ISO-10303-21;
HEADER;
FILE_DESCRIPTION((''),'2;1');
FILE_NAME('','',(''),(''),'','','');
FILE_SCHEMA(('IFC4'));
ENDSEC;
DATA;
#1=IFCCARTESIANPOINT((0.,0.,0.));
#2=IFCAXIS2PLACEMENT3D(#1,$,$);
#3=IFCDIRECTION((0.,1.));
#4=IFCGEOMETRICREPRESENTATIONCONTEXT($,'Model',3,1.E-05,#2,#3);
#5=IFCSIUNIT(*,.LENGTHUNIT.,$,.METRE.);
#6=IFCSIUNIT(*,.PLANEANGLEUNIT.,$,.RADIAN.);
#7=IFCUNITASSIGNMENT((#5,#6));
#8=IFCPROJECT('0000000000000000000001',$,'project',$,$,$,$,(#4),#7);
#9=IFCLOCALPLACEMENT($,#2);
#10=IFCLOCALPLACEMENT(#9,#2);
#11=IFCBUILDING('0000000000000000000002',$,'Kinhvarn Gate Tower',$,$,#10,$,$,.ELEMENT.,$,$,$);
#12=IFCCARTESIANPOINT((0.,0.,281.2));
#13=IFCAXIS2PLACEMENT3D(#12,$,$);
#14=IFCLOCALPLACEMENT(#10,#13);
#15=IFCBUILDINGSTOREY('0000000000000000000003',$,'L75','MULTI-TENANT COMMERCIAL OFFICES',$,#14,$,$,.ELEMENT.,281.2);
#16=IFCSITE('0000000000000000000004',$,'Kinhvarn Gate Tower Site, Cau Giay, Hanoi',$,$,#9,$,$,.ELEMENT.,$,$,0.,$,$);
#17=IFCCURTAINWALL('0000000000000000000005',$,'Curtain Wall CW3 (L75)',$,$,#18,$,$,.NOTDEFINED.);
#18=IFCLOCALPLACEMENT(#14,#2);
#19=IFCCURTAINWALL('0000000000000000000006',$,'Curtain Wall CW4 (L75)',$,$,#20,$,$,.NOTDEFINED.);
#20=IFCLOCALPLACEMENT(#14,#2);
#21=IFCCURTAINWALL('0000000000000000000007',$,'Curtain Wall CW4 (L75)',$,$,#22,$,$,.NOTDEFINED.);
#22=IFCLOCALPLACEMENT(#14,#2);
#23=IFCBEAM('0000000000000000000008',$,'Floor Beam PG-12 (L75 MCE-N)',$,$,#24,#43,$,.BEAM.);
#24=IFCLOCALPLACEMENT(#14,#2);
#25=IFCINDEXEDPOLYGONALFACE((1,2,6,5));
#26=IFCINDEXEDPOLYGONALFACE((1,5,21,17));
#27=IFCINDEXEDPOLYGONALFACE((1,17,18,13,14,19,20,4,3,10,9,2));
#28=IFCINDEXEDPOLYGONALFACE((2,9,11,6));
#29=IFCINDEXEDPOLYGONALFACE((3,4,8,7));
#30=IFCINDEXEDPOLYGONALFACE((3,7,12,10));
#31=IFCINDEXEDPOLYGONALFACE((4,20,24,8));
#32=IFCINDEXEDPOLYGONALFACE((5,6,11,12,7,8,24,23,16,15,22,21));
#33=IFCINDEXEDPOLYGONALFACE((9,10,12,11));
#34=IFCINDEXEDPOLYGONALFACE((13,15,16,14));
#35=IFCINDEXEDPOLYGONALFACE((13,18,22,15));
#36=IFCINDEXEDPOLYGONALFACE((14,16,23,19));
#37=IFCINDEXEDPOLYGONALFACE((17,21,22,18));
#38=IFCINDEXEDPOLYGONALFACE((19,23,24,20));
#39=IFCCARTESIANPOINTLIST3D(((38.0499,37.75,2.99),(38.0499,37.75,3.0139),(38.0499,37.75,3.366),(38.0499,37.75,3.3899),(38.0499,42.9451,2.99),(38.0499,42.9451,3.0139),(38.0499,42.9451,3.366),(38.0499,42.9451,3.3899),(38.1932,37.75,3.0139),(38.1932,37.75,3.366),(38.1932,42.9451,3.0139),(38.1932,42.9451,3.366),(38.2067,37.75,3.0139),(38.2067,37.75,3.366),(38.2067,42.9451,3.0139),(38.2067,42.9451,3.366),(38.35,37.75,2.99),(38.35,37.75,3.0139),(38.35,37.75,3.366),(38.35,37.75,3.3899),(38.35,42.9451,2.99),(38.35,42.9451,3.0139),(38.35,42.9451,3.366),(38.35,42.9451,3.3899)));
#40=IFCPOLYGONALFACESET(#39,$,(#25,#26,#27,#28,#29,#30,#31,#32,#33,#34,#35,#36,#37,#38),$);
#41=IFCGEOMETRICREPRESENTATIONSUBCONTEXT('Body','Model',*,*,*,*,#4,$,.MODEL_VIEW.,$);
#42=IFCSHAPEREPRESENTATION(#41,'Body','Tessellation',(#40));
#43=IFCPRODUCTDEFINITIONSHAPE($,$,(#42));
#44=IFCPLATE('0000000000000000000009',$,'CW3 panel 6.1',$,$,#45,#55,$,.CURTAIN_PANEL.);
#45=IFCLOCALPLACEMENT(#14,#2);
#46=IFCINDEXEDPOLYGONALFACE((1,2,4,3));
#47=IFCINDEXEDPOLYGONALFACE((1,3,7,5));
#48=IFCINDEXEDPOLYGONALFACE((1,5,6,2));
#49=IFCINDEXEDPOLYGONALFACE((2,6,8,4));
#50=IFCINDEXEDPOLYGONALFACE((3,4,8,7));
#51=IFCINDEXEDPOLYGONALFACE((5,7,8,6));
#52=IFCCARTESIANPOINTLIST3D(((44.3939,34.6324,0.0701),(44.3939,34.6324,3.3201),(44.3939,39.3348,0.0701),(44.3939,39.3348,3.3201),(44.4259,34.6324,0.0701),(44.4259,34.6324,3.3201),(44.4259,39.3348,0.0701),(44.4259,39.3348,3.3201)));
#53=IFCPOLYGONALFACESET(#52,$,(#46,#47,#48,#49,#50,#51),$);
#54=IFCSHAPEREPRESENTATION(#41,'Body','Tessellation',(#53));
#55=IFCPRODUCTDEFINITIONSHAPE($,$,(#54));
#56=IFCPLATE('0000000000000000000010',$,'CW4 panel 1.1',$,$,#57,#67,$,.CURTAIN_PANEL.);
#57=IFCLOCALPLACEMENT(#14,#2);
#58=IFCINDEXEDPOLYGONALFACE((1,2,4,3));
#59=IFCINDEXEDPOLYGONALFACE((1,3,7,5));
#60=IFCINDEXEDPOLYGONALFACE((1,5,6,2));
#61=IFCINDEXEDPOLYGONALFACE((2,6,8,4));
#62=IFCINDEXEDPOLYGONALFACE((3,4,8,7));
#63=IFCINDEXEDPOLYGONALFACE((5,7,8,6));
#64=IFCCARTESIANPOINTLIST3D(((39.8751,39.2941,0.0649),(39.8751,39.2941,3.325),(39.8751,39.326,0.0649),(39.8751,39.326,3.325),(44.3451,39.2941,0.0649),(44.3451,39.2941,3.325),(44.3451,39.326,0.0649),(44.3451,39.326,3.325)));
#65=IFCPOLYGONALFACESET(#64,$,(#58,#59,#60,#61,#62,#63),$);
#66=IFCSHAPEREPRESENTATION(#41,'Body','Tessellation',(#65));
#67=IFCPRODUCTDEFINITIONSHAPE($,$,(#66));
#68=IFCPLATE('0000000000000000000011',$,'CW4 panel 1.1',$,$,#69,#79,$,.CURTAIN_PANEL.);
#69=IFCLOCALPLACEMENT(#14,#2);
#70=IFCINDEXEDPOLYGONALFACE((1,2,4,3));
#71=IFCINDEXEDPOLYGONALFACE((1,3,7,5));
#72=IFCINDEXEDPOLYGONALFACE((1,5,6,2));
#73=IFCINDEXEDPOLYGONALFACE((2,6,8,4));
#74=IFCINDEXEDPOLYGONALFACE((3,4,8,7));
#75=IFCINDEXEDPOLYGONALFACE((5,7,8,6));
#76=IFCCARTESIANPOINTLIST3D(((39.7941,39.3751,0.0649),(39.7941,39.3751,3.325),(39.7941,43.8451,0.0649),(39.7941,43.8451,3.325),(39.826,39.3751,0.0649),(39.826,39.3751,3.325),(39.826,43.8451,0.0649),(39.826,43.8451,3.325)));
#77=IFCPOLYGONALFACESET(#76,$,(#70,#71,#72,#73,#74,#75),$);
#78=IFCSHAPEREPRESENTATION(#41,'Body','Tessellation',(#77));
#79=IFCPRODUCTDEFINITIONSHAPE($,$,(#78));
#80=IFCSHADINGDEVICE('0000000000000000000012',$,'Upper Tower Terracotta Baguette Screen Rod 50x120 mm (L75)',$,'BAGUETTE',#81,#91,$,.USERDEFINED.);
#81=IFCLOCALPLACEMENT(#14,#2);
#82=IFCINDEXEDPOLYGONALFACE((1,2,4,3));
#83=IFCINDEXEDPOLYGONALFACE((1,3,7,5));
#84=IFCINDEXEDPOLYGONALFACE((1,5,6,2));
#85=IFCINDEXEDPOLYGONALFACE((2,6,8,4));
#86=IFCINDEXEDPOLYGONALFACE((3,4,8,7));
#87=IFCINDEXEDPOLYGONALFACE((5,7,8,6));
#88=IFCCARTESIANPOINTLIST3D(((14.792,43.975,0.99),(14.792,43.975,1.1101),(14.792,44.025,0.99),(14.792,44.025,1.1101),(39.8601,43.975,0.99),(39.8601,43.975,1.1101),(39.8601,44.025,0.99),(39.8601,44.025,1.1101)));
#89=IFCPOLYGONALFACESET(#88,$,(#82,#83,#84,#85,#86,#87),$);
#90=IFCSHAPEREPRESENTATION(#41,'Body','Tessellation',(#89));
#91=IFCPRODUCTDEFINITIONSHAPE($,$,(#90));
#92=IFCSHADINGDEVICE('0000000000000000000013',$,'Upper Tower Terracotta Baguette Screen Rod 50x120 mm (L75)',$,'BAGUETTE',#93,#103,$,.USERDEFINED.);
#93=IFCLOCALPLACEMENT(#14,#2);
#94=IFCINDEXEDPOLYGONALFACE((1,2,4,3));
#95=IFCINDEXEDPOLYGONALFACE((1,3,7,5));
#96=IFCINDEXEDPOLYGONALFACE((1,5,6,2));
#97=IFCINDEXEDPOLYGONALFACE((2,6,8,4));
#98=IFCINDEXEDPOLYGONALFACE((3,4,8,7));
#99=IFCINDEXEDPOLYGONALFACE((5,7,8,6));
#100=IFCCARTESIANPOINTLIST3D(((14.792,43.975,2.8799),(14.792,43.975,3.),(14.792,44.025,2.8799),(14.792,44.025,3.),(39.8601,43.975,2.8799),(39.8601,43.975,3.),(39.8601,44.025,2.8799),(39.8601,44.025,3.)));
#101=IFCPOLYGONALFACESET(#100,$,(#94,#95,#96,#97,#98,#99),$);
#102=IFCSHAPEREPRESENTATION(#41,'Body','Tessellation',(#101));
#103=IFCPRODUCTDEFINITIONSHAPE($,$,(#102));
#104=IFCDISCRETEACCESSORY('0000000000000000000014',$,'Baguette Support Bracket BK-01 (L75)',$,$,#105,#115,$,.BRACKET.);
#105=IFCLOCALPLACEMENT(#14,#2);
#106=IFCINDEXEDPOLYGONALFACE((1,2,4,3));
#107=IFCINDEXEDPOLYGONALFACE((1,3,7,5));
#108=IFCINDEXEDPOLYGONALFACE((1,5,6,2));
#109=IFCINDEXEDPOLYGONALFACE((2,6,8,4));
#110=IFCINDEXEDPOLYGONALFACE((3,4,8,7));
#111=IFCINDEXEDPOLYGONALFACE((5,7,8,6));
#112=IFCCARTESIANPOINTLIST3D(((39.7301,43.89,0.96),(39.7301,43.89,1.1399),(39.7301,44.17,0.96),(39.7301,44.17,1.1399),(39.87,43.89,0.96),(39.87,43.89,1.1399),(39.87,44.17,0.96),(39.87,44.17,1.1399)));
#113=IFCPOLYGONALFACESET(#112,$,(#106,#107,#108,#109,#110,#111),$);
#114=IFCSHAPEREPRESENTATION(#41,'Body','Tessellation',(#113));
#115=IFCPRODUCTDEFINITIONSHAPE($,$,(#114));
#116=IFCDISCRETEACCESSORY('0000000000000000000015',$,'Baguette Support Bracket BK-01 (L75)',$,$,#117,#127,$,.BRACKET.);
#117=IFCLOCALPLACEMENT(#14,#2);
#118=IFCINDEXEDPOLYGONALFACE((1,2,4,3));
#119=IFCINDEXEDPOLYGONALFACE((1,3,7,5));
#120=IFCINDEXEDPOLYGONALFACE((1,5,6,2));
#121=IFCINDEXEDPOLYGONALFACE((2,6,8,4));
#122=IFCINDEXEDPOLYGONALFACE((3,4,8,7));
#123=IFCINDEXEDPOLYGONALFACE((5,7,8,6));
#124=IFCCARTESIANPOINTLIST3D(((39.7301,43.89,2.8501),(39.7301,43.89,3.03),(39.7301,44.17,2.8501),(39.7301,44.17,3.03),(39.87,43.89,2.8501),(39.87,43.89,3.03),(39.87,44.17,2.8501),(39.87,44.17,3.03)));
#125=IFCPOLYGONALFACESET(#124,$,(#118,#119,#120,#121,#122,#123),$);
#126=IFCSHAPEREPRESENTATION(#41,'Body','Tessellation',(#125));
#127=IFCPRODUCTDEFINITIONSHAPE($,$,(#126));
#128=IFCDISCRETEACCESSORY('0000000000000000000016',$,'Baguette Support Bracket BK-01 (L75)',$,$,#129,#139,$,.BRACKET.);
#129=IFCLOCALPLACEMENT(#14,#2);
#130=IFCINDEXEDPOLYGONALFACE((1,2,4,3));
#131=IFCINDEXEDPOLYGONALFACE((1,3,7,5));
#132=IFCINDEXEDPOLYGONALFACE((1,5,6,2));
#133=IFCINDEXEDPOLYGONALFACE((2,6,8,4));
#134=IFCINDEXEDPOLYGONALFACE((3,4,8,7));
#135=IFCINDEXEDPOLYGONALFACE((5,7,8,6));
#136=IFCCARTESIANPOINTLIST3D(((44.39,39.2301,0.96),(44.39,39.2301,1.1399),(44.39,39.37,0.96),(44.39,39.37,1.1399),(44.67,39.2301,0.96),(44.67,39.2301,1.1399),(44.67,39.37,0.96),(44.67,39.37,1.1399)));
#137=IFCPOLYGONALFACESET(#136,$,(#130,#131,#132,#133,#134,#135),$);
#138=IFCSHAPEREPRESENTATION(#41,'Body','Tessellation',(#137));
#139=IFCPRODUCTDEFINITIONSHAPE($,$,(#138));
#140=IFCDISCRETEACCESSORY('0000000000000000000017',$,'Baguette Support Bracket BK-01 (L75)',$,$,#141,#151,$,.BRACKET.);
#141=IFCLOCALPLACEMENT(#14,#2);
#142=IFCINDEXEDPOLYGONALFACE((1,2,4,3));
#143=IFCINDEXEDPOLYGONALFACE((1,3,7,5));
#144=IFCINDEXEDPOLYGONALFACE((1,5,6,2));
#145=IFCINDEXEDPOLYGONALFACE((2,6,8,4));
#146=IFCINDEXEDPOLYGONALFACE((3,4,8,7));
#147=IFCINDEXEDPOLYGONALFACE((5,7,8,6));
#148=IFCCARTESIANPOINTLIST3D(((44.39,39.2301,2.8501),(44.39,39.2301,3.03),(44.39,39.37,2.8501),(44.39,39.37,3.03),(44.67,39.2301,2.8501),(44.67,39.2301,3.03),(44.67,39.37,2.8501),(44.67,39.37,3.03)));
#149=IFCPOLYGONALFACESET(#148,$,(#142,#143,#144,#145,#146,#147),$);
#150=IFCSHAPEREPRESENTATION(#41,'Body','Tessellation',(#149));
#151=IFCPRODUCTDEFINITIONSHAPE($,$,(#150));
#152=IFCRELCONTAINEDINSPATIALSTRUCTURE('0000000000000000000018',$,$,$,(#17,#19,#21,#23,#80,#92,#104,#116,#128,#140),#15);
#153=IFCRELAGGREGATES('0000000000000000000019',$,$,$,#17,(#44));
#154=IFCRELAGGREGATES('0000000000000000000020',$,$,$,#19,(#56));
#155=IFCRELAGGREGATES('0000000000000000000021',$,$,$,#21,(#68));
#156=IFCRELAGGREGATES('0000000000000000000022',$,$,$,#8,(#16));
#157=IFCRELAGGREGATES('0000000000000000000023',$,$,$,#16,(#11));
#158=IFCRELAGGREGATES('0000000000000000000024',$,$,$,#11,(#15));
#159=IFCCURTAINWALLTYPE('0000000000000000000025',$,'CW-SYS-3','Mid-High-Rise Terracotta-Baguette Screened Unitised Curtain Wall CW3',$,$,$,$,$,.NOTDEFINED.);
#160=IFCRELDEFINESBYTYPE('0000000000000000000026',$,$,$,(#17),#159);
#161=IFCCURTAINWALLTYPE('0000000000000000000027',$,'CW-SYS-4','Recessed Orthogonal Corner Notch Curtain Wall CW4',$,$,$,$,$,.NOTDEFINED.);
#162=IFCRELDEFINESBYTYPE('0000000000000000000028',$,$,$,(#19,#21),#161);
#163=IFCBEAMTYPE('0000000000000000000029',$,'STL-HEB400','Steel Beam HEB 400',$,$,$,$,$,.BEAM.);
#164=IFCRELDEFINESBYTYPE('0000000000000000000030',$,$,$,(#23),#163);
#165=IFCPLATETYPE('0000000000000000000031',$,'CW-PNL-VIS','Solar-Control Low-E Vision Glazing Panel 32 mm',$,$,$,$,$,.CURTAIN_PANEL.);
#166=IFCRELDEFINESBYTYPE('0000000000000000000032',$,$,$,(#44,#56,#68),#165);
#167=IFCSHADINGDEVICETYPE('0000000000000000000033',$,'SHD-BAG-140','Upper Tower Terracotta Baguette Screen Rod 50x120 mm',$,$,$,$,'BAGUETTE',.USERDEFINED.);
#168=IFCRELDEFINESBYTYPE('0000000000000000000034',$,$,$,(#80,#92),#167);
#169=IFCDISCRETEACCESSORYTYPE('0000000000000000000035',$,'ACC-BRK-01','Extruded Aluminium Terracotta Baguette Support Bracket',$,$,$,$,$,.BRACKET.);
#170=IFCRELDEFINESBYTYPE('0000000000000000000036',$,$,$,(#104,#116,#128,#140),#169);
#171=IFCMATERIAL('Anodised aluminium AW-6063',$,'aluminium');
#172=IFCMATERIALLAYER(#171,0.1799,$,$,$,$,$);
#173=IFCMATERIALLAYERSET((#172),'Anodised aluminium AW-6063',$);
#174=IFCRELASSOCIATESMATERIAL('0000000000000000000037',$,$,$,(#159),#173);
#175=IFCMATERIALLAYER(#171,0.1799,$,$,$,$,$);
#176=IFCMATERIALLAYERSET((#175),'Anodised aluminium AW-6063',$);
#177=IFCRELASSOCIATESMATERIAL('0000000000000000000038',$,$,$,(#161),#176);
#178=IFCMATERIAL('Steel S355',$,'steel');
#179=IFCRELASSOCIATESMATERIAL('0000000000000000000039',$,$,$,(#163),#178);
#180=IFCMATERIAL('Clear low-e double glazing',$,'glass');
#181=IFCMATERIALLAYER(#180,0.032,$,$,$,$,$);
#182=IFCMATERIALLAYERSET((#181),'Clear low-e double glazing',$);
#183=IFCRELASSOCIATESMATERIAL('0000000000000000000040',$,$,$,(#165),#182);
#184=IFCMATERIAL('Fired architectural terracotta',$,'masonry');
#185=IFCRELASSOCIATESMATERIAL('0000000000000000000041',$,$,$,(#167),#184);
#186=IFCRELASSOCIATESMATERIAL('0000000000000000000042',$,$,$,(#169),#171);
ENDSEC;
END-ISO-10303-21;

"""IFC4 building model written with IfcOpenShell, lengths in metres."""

from ifc_helpers import new_model, si_unit, direction, frame, origin, origin_2d, place, context, subcontext, project, spatial, rectangle, i_section, extrude, material, layer, layer_set, material_profile, profile_set, type_object, element, aggregate, save


model = new_model("IFC4")

# Units and contexts
model_context = context("Model", 3, precision=1e-05, world=origin(), true_north=direction((0.0, 1.0)))
body_context = subcontext(model_context, "Body", "Model", "MODEL_VIEW")
ifc_project = project(units=[si_unit("LENGTHUNIT", "METRE"), si_unit("PLANEANGLEUNIT", "RADIAN")], contexts=[model_context])

# Site, building, storey
site_placement = place(None, origin())
site = spatial("IfcSite", under=ifc_project, at=site_placement, Name="Kinhvarn Gate Tower Site, Cau Giay, Hanoi", CompositionType="ELEMENT", RefElevation=0.0)
building_placement = place(site_placement, origin())
building = spatial("IfcBuilding", under=site, at=building_placement, Name="Kinhvarn Gate Tower", CompositionType="ELEMENT")
storey_placement = place(building_placement, frame((0.0, 0.0, 281.2)))
storey = spatial("IfcBuildingStorey", under=building, at=storey_placement, Name="L75", Description="MULTI-TENANT COMMERCIAL OFFICES", CompositionType="ELEMENT", Elevation=281.2)

# Curtain wall
ifc_material_1 = material(Name="Anodised aluminium AW-6063", Category="aluminium")
ifc_layer_1 = layer(ifc_material_1, 0.1799)
ifc_layer_set_1 = layer_set([ifc_layer_1], Name="Anodised aluminium AW-6063")
curtain_wall_type_1 = type_object("IfcCurtainWallType", Name="CW-SYS-3", Description="Mid-High-Rise Terracotta-Baguette Screened Unitised Curtain Wall CW3", PredefinedType="NOTDEFINED", material=ifc_layer_set_1)
curtain_wall_1_placement = place(storey_placement, origin())
curtain_wall_1 = element("IfcCurtainWall", 1, at=curtain_wall_1_placement, inside=storey, type_object=curtain_wall_type_1, Name="Curtain Wall CW3 (L75)", PredefinedType="NOTDEFINED")

# Curtain walls
ifc_layer_2 = layer(ifc_material_1, 0.1799)
ifc_layer_set_2 = layer_set([ifc_layer_2], Name="Anodised aluminium AW-6063")
curtain_wall_type_2 = type_object("IfcCurtainWallType", Name="CW-SYS-4", Description="Recessed Orthogonal Corner Notch Curtain Wall CW4", PredefinedType="NOTDEFINED", material=ifc_layer_set_2)
curtain_wall_2_placement = place(storey_placement, origin())
curtain_wall_2 = element("IfcCurtainWall", 2, at=curtain_wall_2_placement, inside=storey, type_object=curtain_wall_type_2, Name="Curtain Wall CW4 (L75)", PredefinedType="NOTDEFINED")
curtain_wall_3_placement = place(storey_placement, origin())
curtain_wall_3 = element("IfcCurtainWall", 3, at=curtain_wall_3_placement, inside=storey, type_object=curtain_wall_type_2, Name="Curtain Wall CW4 (L75)", PredefinedType="NOTDEFINED")

# Beam
ifc_material_2 = material(Name="Steel S355", Category="steel")
ifc_material_profile_1 = material_profile(ifc_material_2, i_section(OverallWidth=0.3, OverallDepth=0.3999, WebThickness=0.0134, FlangeThickness=0.0239, at=origin_2d()), Name="HEB 400")
ifc_profile_set_1 = profile_set([ifc_material_profile_1], Name="Steel S355")
beam_type = type_object("IfcBeamType", Name="STL-HEB400", Description="Steel Beam HEB 400", PredefinedType="BEAM", material=ifc_profile_set_1)
beam_placement = place(storey_placement, frame((38.2, 37.75, 3.1899), z_axis=(0.0, 1.0, 0.0), x_axis=(-1.0, 0.0, 0.0)))
element("IfcBeam", 4, at=beam_placement, inside=storey, type_object=beam_type, Name="Floor Beam PG-12 (L75 MCE-N)", PredefinedType="BEAM", context=body_context, shape_type="SweptSolid", body=[
    extrude(i_section(OverallWidth=0.3, OverallDepth=0.3999, WebThickness=0.0134, FlangeThickness=0.0239, at=origin_2d()), origin(), (0.0, 0.0, 1.0), 5.1951),
])

# Plates
ifc_material_3 = material(Name="Clear low-e double glazing", Category="glass")
ifc_layer_3 = layer(ifc_material_3, 0.032)
ifc_layer_set_3 = layer_set([ifc_layer_3], Name="Clear low-e double glazing")
plate_type = type_object("IfcPlateType", Name="CW-PNL-VIS", Description="Solar-Control Low-E Vision Glazing Panel 32 mm", PredefinedType="CURTAIN_PANEL", material=ifc_layer_set_3)
plate_1_placement = place(storey_placement, frame((44.4099, 36.9836, 0.0701), z_axis=(0.0, 0.0, 1.0), x_axis=(0.0, 1.0, 0.0)))
plate_1 = element("IfcPlate", 5, at=plate_1_placement, type_object=plate_type, Name="CW3 panel 6.1", PredefinedType="CURTAIN_PANEL", context=body_context, shape_type="SweptSolid", body=[
    extrude(rectangle(XDim=4.7024, YDim=0.032, at=origin_2d()), origin(), (0.0, 0.0, 1.0), 3.25),
])
aggregate(curtain_wall_1, [plate_1])
plate_2_placement = place(storey_placement, frame((42.1101, 39.3101, 0.0649), z_axis=(0.0, 0.0, 1.0), x_axis=(-1.0, 0.0, 0.0)))
plate_2 = element("IfcPlate", 6, at=plate_2_placement, type_object=plate_type, Name="CW4 panel 1.1", PredefinedType="CURTAIN_PANEL", context=body_context, shape_type="SweptSolid", body=[
    extrude(rectangle(XDim=4.47, YDim=0.032, at=origin_2d()), origin(), (0.0, 0.0, 1.0), 3.26),
])
aggregate(curtain_wall_2, [plate_2])
plate_3_placement = place(storey_placement, frame((39.8101, 41.6101, 0.0649), z_axis=(0.0, 0.0, 1.0), x_axis=(0.0, 1.0, 0.0)))
plate_3 = element("IfcPlate", 7, at=plate_3_placement, type_object=plate_type, Name="CW4 panel 1.1", PredefinedType="CURTAIN_PANEL", context=body_context, shape_type="SweptSolid", body=[
    extrude(rectangle(XDim=4.47, YDim=0.032, at=origin_2d()), origin(), (0.0, 0.0, 1.0), 3.26),
])
aggregate(curtain_wall_3, [plate_3])

# Shading devices
ifc_material_4 = material(Name="Fired architectural terracotta", Category="masonry")
ifc_material_profile_2 = material_profile(ifc_material_4, rectangle(XDim=0.05, YDim=0.1201, at=origin_2d()), Name="TC 50x120")
ifc_profile_set_2 = profile_set([ifc_material_profile_2], Name="Fired architectural terracotta")
shading_device_type = type_object("IfcShadingDeviceType", Name="SHD-BAG-140", Description="Upper Tower Terracotta Baguette Screen Rod 50x120 mm", ElementType="BAGUETTE", PredefinedType="USERDEFINED", material=ifc_profile_set_2)
for number, where, z_axis, x_axis, name in (
    (8, (39.8601, 44.0, 1.05), (-1.0, 0.0, 0.0), (0.0, -1.0, 0.0), "Upper Tower Terracotta Baguette Screen Rod 50x120 mm (L75)"),
    (9, (39.8601, 44.0, 2.9399), (-1.0, 0.0, 0.0), (0.0, -1.0, 0.0), "Upper Tower Terracotta Baguette Screen Rod 50x120 mm (L75)"),
):
    element("IfcShadingDevice", number, at=place(storey_placement, frame(where, z_axis=z_axis, x_axis=x_axis)), inside=storey, type_object=shading_device_type, Name=name, ObjectType="BAGUETTE", PredefinedType="USERDEFINED", context=body_context, shape_type="SweptSolid", body=[
        extrude(rectangle(XDim=0.05, YDim=0.1201, at=origin_2d()), origin(), (0.0, 0.0, 1.0), 25.0681),
    ])

# Discrete accessories
discrete_accessory_type = type_object("IfcDiscreteAccessoryType", Name="ACC-BRK-01", Description="Extruded Aluminium Terracotta Baguette Support Bracket", PredefinedType="BRACKET", material=ifc_material_1)
for number, where, z_axis, x_axis, name in (
    (10, (39.8, 44.03, 0.96), (0.0, 0.0, 1.0), (-1.0, 0.0, 0.0), "Baguette Support Bracket BK-01 (L75)"),
    (11, (39.8, 44.03, 2.8501), (0.0, 0.0, 1.0), (-1.0, 0.0, 0.0), "Baguette Support Bracket BK-01 (L75)"),
    (12, (44.53, 39.3, 0.96), (0.0, 0.0, 1.0), (0.0, 1.0, 0.0), "Baguette Support Bracket BK-01 (L75)"),
    (13, (44.53, 39.3, 2.8501), (0.0, 0.0, 1.0), (0.0, 1.0, 0.0), "Baguette Support Bracket BK-01 (L75)"),
):
    element("IfcDiscreteAccessory", number, at=place(storey_placement, frame(where, z_axis=z_axis, x_axis=x_axis)), inside=storey, type_object=discrete_accessory_type, Name=name, PredefinedType="BRACKET", context=body_context, shape_type="SweptSolid", body=[
        extrude(rectangle(XDim=0.1399, YDim=0.28, at=origin_2d()), origin(), (0.0, 0.0, 1.0), 0.1799),
    ])

save(model, "model.ifc")
